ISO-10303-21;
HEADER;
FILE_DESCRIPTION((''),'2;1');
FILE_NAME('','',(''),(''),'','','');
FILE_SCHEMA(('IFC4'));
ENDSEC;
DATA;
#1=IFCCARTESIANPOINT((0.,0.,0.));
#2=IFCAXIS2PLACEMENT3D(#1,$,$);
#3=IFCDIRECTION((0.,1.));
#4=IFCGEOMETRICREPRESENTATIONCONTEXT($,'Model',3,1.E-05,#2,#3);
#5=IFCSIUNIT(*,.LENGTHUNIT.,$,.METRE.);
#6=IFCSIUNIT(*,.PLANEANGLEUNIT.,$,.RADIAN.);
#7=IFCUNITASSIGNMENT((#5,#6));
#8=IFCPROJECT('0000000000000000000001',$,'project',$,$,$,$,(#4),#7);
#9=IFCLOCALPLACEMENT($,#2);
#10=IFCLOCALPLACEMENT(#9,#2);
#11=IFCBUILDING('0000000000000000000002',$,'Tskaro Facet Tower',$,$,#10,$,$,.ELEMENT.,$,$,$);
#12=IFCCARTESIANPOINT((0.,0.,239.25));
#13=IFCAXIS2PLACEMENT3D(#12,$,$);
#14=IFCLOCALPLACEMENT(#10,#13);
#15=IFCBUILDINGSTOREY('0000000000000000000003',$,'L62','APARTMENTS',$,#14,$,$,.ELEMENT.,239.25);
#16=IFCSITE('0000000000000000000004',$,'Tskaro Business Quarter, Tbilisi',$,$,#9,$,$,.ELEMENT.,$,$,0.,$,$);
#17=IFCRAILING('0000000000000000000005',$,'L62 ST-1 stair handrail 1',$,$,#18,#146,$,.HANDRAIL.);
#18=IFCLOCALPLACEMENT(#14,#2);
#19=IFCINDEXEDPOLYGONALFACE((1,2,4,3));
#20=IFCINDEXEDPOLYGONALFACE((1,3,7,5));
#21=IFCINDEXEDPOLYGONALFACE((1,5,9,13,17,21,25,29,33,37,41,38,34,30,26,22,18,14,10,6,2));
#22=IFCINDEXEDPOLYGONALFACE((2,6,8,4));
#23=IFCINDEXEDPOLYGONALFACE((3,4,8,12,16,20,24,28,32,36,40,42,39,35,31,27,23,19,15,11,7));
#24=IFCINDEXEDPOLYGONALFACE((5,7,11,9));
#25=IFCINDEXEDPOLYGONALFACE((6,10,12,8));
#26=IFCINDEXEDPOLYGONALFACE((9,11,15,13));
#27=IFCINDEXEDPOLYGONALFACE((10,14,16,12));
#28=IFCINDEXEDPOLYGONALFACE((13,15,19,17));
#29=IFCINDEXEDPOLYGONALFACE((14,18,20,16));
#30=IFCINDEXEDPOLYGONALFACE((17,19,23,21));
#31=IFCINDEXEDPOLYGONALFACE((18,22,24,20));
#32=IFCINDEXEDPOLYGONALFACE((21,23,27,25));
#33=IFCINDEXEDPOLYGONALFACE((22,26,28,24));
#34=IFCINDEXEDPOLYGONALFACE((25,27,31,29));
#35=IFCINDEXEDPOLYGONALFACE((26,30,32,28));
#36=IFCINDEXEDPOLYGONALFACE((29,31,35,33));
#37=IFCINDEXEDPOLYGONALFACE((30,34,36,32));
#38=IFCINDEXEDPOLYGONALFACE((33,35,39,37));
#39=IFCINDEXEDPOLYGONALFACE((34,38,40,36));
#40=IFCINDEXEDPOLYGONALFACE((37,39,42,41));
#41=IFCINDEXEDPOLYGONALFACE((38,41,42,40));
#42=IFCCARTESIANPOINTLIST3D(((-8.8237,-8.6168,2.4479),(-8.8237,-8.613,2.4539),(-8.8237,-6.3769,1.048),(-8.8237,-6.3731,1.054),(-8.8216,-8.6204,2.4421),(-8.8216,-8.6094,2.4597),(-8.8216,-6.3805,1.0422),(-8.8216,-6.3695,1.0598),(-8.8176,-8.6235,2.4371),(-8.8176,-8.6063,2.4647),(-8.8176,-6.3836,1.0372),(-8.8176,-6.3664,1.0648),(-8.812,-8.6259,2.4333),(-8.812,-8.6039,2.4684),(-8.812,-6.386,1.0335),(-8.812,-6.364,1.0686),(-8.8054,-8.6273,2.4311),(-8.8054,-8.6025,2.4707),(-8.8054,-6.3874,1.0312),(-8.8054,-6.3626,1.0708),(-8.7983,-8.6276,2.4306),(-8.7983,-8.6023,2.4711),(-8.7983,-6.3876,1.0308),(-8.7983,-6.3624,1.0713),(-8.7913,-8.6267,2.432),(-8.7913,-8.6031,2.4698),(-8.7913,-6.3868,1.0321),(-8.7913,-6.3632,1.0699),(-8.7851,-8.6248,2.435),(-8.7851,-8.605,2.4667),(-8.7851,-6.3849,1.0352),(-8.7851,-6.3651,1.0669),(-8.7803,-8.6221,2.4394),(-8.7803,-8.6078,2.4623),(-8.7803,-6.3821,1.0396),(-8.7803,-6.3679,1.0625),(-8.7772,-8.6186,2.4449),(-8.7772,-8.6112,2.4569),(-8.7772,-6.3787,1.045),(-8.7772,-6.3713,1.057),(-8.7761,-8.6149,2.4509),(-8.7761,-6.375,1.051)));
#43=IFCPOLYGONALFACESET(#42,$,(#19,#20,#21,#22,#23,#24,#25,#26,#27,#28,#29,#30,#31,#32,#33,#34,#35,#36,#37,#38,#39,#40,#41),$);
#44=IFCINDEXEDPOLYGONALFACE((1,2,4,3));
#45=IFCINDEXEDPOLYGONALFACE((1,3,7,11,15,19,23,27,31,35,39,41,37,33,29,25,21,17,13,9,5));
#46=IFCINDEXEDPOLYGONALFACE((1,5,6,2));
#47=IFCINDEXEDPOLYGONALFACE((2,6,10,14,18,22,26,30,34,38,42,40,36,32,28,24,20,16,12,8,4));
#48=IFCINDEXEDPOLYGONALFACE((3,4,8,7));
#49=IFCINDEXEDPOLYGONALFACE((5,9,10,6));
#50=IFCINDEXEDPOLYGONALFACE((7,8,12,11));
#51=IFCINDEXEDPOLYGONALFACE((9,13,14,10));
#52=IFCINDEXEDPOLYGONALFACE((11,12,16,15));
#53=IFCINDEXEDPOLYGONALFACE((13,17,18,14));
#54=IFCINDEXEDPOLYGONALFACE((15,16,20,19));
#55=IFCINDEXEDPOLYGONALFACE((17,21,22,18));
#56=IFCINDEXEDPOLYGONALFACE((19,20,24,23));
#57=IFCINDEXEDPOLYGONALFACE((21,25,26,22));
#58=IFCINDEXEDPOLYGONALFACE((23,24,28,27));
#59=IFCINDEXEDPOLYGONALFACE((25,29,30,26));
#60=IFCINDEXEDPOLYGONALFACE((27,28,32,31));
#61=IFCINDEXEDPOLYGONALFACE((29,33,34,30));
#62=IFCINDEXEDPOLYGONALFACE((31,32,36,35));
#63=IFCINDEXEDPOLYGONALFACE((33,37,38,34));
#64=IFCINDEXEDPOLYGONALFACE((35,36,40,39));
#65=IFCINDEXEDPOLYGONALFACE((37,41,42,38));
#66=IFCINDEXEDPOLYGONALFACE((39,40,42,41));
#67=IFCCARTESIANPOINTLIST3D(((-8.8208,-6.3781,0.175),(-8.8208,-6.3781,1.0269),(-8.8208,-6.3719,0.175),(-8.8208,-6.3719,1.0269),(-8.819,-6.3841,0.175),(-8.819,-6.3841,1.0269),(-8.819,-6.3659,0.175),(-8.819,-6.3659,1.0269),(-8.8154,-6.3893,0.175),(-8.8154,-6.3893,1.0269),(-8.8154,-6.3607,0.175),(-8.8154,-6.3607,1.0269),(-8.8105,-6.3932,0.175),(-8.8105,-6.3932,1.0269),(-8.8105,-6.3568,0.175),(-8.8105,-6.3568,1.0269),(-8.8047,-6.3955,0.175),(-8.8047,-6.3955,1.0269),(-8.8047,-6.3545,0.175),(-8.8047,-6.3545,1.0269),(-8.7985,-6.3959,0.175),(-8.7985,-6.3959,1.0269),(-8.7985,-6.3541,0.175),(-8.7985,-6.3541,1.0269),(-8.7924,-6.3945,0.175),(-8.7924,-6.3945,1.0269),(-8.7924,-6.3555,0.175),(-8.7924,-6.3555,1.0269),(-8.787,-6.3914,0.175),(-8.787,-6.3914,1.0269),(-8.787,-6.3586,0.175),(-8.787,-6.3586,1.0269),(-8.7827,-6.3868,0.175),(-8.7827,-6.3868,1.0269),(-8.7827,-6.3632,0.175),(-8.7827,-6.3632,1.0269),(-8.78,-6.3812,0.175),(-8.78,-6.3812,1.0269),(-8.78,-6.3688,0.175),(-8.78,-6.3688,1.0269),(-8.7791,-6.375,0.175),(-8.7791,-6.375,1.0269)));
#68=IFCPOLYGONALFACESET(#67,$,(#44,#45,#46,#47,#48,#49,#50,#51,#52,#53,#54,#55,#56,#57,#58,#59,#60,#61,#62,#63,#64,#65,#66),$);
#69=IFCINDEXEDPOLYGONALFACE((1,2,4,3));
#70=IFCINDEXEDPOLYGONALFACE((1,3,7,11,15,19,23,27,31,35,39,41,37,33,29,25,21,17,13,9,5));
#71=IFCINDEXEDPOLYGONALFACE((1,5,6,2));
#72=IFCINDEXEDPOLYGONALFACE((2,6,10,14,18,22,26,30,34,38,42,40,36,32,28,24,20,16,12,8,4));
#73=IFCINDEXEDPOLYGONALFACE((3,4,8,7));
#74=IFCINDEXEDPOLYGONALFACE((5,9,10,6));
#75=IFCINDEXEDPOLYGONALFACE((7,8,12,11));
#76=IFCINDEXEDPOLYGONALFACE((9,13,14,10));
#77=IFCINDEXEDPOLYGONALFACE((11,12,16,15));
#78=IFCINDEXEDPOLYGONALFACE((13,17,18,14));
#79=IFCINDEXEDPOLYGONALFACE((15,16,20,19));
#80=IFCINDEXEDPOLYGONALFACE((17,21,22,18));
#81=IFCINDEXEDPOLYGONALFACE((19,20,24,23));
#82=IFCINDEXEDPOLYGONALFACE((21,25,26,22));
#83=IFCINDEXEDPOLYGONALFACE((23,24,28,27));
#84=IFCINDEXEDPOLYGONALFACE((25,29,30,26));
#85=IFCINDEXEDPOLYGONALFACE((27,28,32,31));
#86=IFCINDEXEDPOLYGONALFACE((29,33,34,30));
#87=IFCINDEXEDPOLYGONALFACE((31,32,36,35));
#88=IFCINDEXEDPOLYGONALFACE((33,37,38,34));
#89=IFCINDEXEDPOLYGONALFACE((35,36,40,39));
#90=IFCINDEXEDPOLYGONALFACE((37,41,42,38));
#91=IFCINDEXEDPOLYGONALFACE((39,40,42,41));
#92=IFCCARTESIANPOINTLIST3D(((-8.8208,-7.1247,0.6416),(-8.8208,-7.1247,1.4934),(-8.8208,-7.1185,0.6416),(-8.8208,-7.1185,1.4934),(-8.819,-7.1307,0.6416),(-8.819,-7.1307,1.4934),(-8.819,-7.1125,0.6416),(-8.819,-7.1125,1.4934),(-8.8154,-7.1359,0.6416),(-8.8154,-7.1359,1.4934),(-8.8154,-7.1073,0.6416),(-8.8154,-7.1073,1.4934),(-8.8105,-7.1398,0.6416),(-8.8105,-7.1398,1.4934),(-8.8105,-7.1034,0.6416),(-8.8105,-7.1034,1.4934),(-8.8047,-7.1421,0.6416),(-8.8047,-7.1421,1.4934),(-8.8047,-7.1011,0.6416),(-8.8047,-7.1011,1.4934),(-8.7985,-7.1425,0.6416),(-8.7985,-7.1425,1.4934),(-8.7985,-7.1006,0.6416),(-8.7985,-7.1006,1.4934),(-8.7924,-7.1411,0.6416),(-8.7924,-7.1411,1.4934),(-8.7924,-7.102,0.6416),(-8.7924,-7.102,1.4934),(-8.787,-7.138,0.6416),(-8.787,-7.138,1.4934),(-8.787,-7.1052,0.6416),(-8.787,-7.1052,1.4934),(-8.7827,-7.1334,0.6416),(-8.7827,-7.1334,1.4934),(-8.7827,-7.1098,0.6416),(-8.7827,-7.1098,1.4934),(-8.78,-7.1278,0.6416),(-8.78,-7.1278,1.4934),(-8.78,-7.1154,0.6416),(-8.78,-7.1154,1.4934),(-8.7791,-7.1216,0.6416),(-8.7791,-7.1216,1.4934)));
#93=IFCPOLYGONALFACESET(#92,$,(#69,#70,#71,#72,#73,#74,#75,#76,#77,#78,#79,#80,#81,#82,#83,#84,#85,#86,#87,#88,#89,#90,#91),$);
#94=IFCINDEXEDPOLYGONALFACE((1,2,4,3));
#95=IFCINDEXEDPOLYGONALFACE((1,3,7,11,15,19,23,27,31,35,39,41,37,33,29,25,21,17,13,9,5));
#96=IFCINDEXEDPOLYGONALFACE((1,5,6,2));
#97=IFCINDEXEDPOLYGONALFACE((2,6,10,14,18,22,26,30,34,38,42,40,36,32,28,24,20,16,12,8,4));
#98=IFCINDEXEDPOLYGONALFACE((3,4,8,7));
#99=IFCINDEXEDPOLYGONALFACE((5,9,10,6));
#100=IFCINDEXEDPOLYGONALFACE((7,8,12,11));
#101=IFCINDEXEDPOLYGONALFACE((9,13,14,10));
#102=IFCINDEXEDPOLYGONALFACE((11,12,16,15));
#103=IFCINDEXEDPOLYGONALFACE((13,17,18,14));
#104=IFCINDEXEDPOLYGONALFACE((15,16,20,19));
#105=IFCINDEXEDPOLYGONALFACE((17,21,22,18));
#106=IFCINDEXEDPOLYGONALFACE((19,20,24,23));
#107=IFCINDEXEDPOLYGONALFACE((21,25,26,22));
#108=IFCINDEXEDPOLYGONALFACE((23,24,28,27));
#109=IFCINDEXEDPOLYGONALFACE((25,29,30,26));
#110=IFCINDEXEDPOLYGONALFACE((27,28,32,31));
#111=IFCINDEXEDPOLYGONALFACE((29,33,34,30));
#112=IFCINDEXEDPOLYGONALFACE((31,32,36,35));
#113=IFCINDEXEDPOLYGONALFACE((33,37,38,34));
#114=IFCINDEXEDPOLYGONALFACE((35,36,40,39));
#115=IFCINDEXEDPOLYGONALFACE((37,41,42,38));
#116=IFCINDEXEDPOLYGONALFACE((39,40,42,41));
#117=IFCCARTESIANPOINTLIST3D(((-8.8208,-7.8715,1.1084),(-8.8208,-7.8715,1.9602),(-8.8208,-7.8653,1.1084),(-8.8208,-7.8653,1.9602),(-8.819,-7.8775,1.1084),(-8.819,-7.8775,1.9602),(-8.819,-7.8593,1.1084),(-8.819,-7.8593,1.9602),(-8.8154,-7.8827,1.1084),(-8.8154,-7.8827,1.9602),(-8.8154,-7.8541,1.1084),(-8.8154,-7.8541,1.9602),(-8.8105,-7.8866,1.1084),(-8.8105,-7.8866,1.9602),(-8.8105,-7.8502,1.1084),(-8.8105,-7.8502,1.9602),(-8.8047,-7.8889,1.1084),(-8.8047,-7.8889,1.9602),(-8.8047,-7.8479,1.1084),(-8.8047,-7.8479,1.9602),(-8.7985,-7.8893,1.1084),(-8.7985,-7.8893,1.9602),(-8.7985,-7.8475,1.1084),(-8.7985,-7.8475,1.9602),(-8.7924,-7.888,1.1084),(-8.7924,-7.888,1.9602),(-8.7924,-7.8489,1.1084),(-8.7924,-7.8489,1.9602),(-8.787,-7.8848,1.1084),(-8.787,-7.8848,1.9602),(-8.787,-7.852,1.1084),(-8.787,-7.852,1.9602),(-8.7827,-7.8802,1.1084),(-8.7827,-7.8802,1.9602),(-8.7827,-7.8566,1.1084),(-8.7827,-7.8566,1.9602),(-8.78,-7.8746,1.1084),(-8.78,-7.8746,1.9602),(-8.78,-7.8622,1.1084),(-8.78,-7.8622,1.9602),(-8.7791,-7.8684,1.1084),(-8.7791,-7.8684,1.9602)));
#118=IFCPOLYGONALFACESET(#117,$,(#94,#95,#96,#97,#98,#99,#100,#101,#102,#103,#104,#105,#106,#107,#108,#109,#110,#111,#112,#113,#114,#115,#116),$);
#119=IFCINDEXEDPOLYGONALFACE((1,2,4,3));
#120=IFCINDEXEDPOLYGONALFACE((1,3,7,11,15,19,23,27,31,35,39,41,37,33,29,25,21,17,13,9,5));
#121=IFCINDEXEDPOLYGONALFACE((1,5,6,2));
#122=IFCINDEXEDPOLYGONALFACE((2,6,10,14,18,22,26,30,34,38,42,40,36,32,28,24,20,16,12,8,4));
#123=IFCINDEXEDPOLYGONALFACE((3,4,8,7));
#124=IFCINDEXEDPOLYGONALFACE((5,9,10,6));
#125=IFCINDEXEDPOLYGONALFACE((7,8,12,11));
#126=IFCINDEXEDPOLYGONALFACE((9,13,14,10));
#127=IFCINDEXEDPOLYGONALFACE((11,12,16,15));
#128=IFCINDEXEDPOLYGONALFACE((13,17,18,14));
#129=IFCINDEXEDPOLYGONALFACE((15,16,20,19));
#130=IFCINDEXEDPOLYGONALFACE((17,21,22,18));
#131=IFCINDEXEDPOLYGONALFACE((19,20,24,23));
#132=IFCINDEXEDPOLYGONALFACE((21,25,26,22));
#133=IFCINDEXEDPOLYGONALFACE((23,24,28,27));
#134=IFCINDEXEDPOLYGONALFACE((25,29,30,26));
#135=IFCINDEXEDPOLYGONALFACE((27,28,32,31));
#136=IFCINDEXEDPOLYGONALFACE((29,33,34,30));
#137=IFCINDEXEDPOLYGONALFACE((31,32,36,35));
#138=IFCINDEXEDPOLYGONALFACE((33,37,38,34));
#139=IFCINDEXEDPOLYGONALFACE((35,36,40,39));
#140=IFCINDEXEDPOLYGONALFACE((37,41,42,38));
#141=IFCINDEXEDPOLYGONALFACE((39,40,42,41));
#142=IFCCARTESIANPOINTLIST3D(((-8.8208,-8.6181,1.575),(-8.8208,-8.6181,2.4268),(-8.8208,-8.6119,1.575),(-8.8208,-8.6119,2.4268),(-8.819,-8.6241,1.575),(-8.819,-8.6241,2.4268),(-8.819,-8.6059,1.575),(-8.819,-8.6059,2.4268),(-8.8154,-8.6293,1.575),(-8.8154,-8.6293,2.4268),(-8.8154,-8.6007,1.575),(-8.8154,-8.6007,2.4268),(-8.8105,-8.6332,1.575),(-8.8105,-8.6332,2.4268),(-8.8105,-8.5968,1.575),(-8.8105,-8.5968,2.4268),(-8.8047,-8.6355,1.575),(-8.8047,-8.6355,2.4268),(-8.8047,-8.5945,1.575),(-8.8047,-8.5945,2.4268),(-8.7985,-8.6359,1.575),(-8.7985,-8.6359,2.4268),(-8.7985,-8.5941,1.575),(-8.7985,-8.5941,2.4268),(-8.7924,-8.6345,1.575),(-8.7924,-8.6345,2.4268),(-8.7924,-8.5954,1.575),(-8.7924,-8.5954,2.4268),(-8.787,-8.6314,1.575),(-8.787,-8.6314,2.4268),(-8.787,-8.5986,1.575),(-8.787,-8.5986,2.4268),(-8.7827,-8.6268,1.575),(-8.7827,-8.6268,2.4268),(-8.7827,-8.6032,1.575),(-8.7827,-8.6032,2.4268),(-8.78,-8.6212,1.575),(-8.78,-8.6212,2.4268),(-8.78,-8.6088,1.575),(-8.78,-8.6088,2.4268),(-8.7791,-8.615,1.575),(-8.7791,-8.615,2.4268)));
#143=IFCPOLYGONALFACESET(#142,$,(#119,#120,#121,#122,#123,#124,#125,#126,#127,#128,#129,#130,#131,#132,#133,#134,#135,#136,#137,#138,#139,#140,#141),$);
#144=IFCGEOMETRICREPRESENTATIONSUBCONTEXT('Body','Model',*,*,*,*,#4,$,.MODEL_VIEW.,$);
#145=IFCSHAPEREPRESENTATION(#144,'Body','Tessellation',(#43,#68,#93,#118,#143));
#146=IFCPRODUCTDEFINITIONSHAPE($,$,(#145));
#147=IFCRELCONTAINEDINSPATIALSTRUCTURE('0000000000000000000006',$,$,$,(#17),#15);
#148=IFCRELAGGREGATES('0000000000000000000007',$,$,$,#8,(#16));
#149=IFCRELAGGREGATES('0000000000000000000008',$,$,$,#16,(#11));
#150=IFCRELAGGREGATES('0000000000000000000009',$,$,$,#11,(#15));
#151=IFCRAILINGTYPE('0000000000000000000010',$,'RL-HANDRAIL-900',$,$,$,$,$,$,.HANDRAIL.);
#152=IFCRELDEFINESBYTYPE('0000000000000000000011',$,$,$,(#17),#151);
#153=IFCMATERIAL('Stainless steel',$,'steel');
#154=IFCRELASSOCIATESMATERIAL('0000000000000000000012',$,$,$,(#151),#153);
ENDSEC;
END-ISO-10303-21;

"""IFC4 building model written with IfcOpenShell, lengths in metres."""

from ifc_helpers import new_model, si_unit, direction, frame, origin, origin_2d, place, context, subcontext, project, spatial, circle, extrude, material, type_object, element, save


model = new_model("IFC4")

# Units and contexts
model_context = context("Model", 3, precision=1e-05, world=origin(), true_north=direction((0.0, 1.0)))
body_context = subcontext(model_context, "Body", "Model", "MODEL_VIEW")
ifc_project = project(units=[si_unit("LENGTHUNIT", "METRE"), si_unit("PLANEANGLEUNIT", "RADIAN")], contexts=[model_context])

# Site, building, storey
site_placement = place(None, origin())
site = spatial("IfcSite", under=ifc_project, at=site_placement, Name="Tskaro Business Quarter, Tbilisi", CompositionType="ELEMENT", RefElevation=0.0)
building_placement = place(site_placement, origin())
building = spatial("IfcBuilding", under=site, at=building_placement, Name="Tskaro Facet Tower", CompositionType="ELEMENT")
storey_placement = place(building_placement, frame((0.0, 0.0, 239.25)))
storey = spatial("IfcBuildingStorey", under=building, at=storey_placement, Name="L62", Description="APARTMENTS", CompositionType="ELEMENT", Elevation=239.25)

# Shared definitions
ifc_material_1 = material(Name="Stainless steel", Category="steel")

# Railing
railing_type_1 = type_object("IfcRailingType", Name="RL-HANDRAIL-900", PredefinedType="HANDRAIL", material=ifc_material_1)
railing_1_placement = place(storey_placement, frame((-8.8, -6.375, 0.175)))
element("IfcRailing", 1, at=railing_1_placement, inside=storey, type_object=railing_type_1, Name="L62 ST-1 stair handrail 1", PredefinedType="HANDRAIL", context=body_context, shape_type="SweptSolid", body=[
    extrude(circle(Radius=0.0239, at=origin_2d()), frame((0.0, 0.0, 0.876), z_axis=(0.0, -0.848014, 0.529974), x_axis=(1.0, 0.0, 0.0)), (0.0, 0.0, 1.0), 2.6414),
    extrude(circle(Radius=0.021, at=origin_2d()), origin(), (0.0, 0.0, 1.0), 0.8518),
    extrude(circle(Radius=0.021, at=origin_2d()), frame((0.0, -0.7466, 0.4666)), (0.0, 0.0, 1.0), 0.8518),
    extrude(circle(Radius=0.021, at=origin_2d()), frame((0.0, -1.4934, 0.9333)), (0.0, 0.0, 1.0), 0.8518),
    extrude(circle(Radius=0.021, at=origin_2d()), frame((0.0, -2.24, 1.3999)), (0.0, 0.0, 1.0), 0.8518),
])

save(model, "model.ifc")
